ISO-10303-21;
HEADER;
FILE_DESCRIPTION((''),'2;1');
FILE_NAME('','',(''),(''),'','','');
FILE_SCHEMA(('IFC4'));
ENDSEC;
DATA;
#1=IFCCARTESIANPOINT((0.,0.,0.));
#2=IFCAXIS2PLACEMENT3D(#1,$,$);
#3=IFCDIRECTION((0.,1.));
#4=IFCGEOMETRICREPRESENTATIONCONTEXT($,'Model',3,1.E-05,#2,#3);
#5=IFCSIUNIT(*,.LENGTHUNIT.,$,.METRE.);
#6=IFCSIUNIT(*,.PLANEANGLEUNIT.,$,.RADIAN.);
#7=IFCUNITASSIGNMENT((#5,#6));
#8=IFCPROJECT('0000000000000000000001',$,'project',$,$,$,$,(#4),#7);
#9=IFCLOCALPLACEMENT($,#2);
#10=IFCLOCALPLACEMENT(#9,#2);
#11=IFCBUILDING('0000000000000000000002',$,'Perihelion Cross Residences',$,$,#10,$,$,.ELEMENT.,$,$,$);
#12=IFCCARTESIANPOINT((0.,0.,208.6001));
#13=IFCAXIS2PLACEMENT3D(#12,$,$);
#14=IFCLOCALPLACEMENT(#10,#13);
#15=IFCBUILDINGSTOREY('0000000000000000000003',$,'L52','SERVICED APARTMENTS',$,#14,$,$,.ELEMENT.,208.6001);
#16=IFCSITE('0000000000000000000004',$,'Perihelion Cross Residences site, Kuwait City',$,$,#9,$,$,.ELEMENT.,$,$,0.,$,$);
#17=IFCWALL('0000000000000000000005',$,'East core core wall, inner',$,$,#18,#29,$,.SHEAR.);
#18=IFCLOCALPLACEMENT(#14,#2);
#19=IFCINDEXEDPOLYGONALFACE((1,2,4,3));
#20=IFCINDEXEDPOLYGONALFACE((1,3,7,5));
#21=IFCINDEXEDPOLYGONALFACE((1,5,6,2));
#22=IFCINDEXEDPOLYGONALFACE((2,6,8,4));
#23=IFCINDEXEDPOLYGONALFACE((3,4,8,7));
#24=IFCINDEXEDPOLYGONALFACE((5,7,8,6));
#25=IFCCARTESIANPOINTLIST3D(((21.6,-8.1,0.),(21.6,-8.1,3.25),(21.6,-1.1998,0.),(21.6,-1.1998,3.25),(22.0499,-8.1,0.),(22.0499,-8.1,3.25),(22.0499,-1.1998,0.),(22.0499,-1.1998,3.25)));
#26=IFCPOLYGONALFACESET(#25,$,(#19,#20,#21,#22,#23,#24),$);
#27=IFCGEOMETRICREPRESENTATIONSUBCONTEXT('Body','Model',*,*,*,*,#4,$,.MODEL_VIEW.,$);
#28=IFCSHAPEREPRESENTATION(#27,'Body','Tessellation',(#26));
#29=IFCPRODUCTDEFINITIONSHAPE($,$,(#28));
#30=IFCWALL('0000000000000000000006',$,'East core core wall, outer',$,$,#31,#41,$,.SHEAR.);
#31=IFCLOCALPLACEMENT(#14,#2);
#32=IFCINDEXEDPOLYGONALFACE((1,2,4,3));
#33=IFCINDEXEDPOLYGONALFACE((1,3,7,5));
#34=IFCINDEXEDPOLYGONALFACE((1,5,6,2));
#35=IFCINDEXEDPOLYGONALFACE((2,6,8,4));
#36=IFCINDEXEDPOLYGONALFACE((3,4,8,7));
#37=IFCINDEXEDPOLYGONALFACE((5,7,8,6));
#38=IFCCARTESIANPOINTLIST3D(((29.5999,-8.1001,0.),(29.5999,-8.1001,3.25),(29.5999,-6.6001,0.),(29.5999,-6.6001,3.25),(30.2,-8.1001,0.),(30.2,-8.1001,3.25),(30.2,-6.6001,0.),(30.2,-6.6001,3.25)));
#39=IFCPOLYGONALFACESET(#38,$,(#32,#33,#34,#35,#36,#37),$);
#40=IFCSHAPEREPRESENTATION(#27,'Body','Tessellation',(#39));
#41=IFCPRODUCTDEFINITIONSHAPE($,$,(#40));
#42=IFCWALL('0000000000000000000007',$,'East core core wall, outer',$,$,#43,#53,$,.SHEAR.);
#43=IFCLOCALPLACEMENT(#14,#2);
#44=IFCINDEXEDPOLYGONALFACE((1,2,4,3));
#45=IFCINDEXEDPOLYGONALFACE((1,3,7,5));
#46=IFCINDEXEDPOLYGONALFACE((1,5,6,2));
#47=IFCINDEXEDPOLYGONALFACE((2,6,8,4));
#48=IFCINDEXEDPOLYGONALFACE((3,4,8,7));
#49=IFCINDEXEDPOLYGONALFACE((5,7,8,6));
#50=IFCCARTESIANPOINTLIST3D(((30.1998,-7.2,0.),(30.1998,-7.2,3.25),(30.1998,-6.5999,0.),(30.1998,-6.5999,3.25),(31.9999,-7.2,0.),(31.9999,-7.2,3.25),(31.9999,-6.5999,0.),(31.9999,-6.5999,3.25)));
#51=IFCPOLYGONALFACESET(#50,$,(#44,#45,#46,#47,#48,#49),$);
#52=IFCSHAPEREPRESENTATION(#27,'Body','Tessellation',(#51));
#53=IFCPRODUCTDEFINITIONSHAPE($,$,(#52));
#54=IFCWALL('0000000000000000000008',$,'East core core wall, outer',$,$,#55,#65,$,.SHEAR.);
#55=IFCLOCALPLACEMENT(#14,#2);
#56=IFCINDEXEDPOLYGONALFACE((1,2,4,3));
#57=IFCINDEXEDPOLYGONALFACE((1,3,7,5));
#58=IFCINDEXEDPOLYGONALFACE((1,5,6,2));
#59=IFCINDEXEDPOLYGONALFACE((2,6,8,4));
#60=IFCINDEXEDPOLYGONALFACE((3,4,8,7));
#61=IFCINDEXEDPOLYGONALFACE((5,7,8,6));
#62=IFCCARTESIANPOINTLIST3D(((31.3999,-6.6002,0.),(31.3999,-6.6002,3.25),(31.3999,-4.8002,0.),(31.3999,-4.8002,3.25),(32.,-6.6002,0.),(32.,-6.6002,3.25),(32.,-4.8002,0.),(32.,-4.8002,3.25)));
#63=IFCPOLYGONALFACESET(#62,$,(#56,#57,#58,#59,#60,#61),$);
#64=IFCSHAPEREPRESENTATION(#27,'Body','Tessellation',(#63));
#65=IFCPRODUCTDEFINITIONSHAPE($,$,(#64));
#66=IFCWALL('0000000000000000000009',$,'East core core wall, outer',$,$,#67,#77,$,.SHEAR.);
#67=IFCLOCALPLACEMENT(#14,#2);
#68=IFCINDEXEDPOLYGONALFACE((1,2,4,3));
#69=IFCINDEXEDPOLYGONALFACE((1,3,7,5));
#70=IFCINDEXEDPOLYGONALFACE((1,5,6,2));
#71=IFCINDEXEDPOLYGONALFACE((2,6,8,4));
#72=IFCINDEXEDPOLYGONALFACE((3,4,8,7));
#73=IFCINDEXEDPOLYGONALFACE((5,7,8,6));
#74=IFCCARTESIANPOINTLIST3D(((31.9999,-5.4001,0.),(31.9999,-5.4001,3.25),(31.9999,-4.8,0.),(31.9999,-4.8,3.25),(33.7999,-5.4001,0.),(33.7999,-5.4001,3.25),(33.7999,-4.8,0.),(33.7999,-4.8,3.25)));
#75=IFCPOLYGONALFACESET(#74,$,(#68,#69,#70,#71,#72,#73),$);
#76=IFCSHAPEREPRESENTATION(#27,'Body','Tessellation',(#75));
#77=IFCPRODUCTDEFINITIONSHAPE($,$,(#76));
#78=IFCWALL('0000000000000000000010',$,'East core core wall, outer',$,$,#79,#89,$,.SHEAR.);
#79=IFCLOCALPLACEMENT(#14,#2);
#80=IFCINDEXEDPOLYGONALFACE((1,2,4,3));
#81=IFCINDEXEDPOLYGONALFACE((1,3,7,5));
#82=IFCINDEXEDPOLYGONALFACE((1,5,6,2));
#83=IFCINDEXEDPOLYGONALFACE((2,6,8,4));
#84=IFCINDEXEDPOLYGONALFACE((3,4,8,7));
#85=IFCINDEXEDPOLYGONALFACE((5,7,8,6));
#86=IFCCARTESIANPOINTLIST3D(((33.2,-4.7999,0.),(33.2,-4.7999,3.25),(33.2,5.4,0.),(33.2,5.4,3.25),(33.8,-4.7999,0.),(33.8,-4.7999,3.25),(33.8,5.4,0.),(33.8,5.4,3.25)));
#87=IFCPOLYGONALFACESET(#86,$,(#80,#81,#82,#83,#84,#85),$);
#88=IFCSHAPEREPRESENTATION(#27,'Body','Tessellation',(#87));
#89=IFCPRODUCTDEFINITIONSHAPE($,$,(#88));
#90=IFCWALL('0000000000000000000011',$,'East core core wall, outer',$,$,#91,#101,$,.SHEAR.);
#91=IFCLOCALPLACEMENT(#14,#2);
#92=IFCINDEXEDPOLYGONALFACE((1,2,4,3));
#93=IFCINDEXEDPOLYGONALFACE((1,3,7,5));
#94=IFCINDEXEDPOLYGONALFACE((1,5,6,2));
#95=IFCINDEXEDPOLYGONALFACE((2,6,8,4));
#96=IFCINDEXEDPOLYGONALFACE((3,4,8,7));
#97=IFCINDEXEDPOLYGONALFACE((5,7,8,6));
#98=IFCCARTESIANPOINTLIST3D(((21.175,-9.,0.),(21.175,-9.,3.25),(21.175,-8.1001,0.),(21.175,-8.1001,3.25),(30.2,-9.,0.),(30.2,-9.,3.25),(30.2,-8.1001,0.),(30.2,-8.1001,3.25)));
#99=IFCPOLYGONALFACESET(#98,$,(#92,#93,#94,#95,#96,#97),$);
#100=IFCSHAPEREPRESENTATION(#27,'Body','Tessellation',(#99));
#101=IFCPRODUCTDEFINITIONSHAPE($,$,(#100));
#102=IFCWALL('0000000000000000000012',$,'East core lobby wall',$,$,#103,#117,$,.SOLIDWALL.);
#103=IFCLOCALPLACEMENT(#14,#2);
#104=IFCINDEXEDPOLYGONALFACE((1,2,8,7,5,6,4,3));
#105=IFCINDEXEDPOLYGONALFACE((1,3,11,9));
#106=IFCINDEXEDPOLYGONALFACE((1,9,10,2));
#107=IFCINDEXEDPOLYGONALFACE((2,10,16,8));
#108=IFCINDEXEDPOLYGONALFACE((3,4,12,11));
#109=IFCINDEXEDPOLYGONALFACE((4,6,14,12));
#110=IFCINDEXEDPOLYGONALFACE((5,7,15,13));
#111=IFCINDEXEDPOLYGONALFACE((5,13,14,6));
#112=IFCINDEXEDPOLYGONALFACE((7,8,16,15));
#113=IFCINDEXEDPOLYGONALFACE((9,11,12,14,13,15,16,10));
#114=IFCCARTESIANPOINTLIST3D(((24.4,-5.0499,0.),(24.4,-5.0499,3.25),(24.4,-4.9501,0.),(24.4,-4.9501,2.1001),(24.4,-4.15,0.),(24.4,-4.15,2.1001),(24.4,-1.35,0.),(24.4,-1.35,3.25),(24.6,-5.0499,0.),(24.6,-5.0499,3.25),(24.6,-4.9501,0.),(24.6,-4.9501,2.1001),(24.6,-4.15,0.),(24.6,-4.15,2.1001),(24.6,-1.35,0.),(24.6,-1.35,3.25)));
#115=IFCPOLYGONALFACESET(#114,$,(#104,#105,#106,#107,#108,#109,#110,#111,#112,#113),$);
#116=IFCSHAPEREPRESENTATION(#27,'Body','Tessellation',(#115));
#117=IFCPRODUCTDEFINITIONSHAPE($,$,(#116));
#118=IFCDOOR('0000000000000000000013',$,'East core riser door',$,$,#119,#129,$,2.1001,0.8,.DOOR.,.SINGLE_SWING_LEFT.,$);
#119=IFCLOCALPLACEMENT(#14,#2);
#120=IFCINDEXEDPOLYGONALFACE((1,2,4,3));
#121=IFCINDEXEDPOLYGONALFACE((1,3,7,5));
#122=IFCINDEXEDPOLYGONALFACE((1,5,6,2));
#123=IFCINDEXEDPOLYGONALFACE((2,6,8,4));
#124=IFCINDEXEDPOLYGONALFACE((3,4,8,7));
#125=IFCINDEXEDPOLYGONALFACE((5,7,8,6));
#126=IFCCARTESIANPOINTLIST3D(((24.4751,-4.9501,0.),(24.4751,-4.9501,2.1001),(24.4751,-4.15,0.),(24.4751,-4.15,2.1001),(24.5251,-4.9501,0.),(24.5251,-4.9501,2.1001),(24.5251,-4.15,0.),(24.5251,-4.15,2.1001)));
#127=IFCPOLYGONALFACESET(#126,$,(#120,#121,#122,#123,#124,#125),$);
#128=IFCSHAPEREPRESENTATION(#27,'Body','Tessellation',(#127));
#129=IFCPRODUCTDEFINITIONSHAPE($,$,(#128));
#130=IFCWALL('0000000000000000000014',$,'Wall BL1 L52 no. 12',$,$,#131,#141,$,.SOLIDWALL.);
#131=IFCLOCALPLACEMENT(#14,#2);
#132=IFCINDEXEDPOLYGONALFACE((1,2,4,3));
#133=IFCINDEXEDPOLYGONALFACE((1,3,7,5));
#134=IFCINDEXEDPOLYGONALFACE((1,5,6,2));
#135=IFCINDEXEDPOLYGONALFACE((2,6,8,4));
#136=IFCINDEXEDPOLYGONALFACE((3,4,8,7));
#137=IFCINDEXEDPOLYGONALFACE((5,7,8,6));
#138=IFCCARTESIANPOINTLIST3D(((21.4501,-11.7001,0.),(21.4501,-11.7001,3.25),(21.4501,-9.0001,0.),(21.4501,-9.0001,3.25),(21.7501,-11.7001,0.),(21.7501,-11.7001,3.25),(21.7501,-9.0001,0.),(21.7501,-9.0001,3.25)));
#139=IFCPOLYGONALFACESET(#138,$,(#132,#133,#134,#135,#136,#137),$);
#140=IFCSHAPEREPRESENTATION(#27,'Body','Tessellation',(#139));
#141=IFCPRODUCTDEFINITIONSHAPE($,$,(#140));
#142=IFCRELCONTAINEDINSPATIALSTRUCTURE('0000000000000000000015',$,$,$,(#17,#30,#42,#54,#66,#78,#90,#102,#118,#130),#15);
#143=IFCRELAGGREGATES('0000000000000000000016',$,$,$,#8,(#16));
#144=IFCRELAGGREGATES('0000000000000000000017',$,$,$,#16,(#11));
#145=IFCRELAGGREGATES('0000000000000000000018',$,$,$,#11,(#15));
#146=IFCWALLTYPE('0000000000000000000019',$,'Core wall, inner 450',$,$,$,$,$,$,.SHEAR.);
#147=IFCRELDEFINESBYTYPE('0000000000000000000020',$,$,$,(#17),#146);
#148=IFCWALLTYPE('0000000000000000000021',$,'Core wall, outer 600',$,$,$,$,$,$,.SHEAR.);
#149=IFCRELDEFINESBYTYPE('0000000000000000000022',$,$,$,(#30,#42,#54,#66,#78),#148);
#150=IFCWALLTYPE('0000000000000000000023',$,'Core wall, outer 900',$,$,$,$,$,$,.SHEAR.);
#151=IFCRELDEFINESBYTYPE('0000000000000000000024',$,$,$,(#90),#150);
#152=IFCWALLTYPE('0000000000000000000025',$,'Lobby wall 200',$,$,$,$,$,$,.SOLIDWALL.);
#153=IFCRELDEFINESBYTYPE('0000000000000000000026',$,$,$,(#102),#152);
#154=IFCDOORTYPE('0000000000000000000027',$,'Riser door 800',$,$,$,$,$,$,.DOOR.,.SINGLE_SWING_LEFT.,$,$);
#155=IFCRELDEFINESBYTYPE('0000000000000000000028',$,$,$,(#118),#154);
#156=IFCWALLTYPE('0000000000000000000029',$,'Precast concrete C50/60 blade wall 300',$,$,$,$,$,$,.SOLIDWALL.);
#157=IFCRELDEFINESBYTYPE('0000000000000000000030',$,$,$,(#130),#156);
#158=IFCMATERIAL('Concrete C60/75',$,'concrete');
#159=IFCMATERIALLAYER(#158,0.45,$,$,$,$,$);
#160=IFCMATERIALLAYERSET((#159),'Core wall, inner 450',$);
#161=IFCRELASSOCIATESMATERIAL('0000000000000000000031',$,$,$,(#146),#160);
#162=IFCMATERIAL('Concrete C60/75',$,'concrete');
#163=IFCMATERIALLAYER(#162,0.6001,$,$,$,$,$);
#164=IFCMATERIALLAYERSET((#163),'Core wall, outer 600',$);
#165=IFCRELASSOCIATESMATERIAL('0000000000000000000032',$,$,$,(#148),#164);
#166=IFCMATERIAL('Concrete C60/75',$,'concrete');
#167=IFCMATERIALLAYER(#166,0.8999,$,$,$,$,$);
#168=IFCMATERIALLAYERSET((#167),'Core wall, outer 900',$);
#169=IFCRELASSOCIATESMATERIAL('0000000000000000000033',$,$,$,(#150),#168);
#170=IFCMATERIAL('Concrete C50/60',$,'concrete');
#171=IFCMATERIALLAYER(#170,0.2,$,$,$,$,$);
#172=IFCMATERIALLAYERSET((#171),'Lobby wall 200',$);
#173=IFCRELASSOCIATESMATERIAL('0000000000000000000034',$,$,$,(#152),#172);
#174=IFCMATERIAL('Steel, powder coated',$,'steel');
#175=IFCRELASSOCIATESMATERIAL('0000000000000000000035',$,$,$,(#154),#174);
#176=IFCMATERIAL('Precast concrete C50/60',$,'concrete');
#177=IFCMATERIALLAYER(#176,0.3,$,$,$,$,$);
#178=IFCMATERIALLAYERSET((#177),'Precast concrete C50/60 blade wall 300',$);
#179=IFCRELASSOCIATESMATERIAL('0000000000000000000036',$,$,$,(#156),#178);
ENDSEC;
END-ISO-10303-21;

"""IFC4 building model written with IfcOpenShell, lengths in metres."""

from ifc_helpers import new_model, si_unit, direction, frame, frame_2d, origin, place, context, subcontext, project, spatial, rectangle, extrude, material, layer, layer_set, type_object, element, fill, save


model = new_model("IFC4")

# Units and contexts
model_context = context("Model", 3, precision=1e-05, world=origin(), true_north=direction((0.0, 1.0)))
body_context = subcontext(model_context, "Body", "Model", "MODEL_VIEW")
ifc_project = project(units=[si_unit("LENGTHUNIT", "METRE"), si_unit("PLANEANGLEUNIT", "RADIAN")], contexts=[model_context])

# Site, building, storey
site_placement = place(None, origin())
site = spatial("IfcSite", under=ifc_project, at=site_placement, Name="Perihelion Cross Residences site, Kuwait City", CompositionType="ELEMENT", RefElevation=0.0)
building_placement = place(site_placement, origin())
building = spatial("IfcBuilding", under=site, at=building_placement, Name="Perihelion Cross Residences", CompositionType="ELEMENT")
storey_placement = place(building_placement, frame((0.0, 0.0, 208.6001)))
storey = spatial("IfcBuildingStorey", under=building, at=storey_placement, Name="L52", Description="SERVICED APARTMENTS", CompositionType="ELEMENT", Elevation=208.6001)

# Walls
ifc_material_1 = material(Name="Concrete C60/75", Category="concrete")
ifc_layer_1 = layer(ifc_material_1, 0.45)
ifc_layer_set_1 = layer_set([ifc_layer_1], Name="Core wall, inner 450")
wall_type_1 = type_object("IfcWallType", Name="Core wall, inner 450", PredefinedType="SHEAR", material=ifc_layer_set_1)
wall_1_placement = place(storey_placement, frame((21.825, -8.1001, 0.0), z_axis=(0.0, 0.0, 1.0), x_axis=(0.0, 1.0, 0.0)))
element("IfcWall", 1, at=wall_1_placement, inside=storey, type_object=wall_type_1, Name="East core core wall, inner", PredefinedType="SHEAR", context=body_context, shape_type="SweptSolid", body=[
    extrude(rectangle(XDim=6.9001, YDim=0.45, at=frame_2d((3.4502, 0.0))), origin(), (0.0, 0.0, 1.0), 3.25),
])
ifc_material_2 = material(Name="Concrete C60/75", Category="concrete")
ifc_layer_2 = layer(ifc_material_2, 0.6001)
ifc_layer_set_2 = layer_set([ifc_layer_2], Name="Core wall, outer 600")
wall_type_2 = type_object("IfcWallType", Name="Core wall, outer 600", PredefinedType="SHEAR", material=ifc_layer_set_2)
wall_2_placement = place(storey_placement, frame((29.8999, -8.1001, 0.0), z_axis=(0.0, 0.0, 1.0), x_axis=(0.0, 1.0, 0.0)))
element("IfcWall", 2, at=wall_2_placement, inside=storey, type_object=wall_type_2, Name="East core core wall, outer", PredefinedType="SHEAR", context=body_context, shape_type="SweptSolid", body=[
    extrude(rectangle(XDim=1.5, YDim=0.6001, at=frame_2d((0.75, 0.0))), origin(), (0.0, 0.0, 1.0), 3.25),
])
for number, where, z_axis, x_axis, name in (
    (3, (30.2, -6.8999, 0.0), (0.0, 0.0, 1.0), (1.0, 0.0, 0.0), "East core core wall, outer"),
    (4, (31.7, -6.6001, 0.0), (0.0, 0.0, 1.0), (0.0, 1.0, 0.0), "East core core wall, outer"),
    (5, (32.0, -5.1001, 0.0), (0.0, 0.0, 1.0), (1.0, 0.0, 0.0), "East core core wall, outer"),
):
    element("IfcWall", number, at=place(storey_placement, frame(where, z_axis=z_axis, x_axis=x_axis)), inside=storey, type_object=wall_type_2, Name=name, PredefinedType="SHEAR", context=body_context, shape_type="SweptSolid", body=[
        extrude(rectangle(XDim=1.8, YDim=0.6001, at=frame_2d((0.8999, 0.0))), origin(), (0.0, 0.0, 1.0), 3.25),
    ])
wall_3_placement = place(storey_placement, frame((33.5, -4.8, 0.0), z_axis=(0.0, 0.0, 1.0), x_axis=(0.0, 1.0, 0.0)))
element("IfcWall", 6, at=wall_3_placement, inside=storey, type_object=wall_type_2, Name="East core core wall, outer", PredefinedType="SHEAR", context=body_context, shape_type="SweptSolid", body=[
    extrude(rectangle(XDim=10.2, YDim=0.6001, at=frame_2d((5.1001, 0.0))), origin(), (0.0, 0.0, 1.0), 3.25),
])
ifc_material_3 = material(Name="Concrete C60/75", Category="concrete")
ifc_layer_3 = layer(ifc_material_3, 0.8999)
ifc_layer_set_3 = layer_set([ifc_layer_3], Name="Core wall, outer 900")
wall_type_3 = type_object("IfcWallType", Name="Core wall, outer 900", PredefinedType="SHEAR", material=ifc_layer_set_3)
wall_4_placement = place(storey_placement, frame((21.175, -8.55, 0.0), z_axis=(0.0, 0.0, 1.0), x_axis=(1.0, 0.0, 0.0)))
element("IfcWall", 7, at=wall_4_placement, inside=storey, type_object=wall_type_3, Name="East core core wall, outer", PredefinedType="SHEAR", context=body_context, shape_type="SweptSolid", body=[
    extrude(rectangle(XDim=9.0249, YDim=0.8999, at=frame_2d((4.5125, 0.0))), origin(), (0.0, 0.0, 1.0), 3.25),
])

# Wall, opening, door
ifc_material_4 = material(Name="Concrete C50/60", Category="concrete")
ifc_layer_4 = layer(ifc_material_4, 0.2)
ifc_layer_set_4 = layer_set([ifc_layer_4], Name="Lobby wall 200")
wall_type_4 = type_object("IfcWallType", Name="Lobby wall 200", PredefinedType="SOLIDWALL", material=ifc_layer_set_4)
wall_5_placement = place(storey_placement, frame((24.5, -5.05, 0.0), z_axis=(0.0, 0.0, 1.0), x_axis=(0.0, 1.0, 0.0)))
wall_5 = element("IfcWall", 8, at=wall_5_placement, inside=storey, type_object=wall_type_4, Name="East core lobby wall", PredefinedType="SOLIDWALL", context=body_context, shape_type="SweptSolid", body=[
    extrude(rectangle(XDim=3.7, YDim=0.2, at=frame_2d((1.8501, 0.0))), origin(), (0.0, 0.0, 1.0), 3.25),
])
opening_1_placement = place(wall_5_placement, frame((0.1001, 0.0, 0.0)))
opening_1 = element("IfcOpeningElement", 9, at=opening_1_placement, cuts=wall_5, PredefinedType="OPENING", context=body_context, shape_type="SweptSolid", body=[
    extrude(rectangle(XDim=0.8, YDim=2.1001, at=frame_2d((0.3999, 1.05))), frame((0.0, 0.1099, 0.0), z_axis=(0.0, -1.0, 0.0), x_axis=(1.0, 0.0, 0.0)), (0.0, 0.0, 1.0), 0.22),
])
ifc_material_5 = material(Name="Steel, powder coated", Category="steel")
door_type_1 = type_object("IfcDoorType", Name="Riser door 800", OperationType="SINGLE_SWING_LEFT", PredefinedType="DOOR", material=ifc_material_5)
door_1_placement = place(opening_1_placement, origin())
door_1 = element("IfcDoor", 10, at=door_1_placement, inside=storey, type_object=door_type_1, Name="East core riser door", OperationType="SINGLE_SWING_LEFT", OverallHeight=2.1001, OverallWidth=0.8, PredefinedType="DOOR", context=body_context, shape_type="SweptSolid", body=[
    extrude(rectangle(XDim=0.8, YDim=2.1001, at=frame_2d((0.3999, 1.05))), frame((0.0, 0.0249, 0.0), z_axis=(0.0, -1.0, 0.0), x_axis=(1.0, 0.0, 0.0)), (0.0, 0.0, 1.0), 0.05),
])
fill(opening_1, door_1)

# Wall
ifc_material_6 = material(Name="Precast concrete C50/60", Category="concrete")
ifc_layer_5 = layer(ifc_material_6, 0.3)
ifc_layer_set_5 = layer_set([ifc_layer_5], Name="Precast concrete C50/60 blade wall 300")
wall_type_5 = type_object("IfcWallType", Name="Precast concrete C50/60 blade wall 300", PredefinedType="SOLIDWALL", material=ifc_layer_set_5)
wall_6_placement = place(storey_placement, frame((21.6001, -9.0, 0.0), z_axis=(0.0, 0.0, 1.0), x_axis=(0.0, -1.0, 0.0)))
element("IfcWall", 11, at=wall_6_placement, inside=storey, type_object=wall_type_5, Name="Wall BL1 L52 no. 12", PredefinedType="SOLIDWALL", context=body_context, shape_type="SweptSolid", body=[
    extrude(rectangle(XDim=2.7, YDim=0.3, at=frame_2d((1.3501, 0.0))), origin(), (0.0, 0.0, 1.0), 3.25),
])

save(model, "model.ifc")
